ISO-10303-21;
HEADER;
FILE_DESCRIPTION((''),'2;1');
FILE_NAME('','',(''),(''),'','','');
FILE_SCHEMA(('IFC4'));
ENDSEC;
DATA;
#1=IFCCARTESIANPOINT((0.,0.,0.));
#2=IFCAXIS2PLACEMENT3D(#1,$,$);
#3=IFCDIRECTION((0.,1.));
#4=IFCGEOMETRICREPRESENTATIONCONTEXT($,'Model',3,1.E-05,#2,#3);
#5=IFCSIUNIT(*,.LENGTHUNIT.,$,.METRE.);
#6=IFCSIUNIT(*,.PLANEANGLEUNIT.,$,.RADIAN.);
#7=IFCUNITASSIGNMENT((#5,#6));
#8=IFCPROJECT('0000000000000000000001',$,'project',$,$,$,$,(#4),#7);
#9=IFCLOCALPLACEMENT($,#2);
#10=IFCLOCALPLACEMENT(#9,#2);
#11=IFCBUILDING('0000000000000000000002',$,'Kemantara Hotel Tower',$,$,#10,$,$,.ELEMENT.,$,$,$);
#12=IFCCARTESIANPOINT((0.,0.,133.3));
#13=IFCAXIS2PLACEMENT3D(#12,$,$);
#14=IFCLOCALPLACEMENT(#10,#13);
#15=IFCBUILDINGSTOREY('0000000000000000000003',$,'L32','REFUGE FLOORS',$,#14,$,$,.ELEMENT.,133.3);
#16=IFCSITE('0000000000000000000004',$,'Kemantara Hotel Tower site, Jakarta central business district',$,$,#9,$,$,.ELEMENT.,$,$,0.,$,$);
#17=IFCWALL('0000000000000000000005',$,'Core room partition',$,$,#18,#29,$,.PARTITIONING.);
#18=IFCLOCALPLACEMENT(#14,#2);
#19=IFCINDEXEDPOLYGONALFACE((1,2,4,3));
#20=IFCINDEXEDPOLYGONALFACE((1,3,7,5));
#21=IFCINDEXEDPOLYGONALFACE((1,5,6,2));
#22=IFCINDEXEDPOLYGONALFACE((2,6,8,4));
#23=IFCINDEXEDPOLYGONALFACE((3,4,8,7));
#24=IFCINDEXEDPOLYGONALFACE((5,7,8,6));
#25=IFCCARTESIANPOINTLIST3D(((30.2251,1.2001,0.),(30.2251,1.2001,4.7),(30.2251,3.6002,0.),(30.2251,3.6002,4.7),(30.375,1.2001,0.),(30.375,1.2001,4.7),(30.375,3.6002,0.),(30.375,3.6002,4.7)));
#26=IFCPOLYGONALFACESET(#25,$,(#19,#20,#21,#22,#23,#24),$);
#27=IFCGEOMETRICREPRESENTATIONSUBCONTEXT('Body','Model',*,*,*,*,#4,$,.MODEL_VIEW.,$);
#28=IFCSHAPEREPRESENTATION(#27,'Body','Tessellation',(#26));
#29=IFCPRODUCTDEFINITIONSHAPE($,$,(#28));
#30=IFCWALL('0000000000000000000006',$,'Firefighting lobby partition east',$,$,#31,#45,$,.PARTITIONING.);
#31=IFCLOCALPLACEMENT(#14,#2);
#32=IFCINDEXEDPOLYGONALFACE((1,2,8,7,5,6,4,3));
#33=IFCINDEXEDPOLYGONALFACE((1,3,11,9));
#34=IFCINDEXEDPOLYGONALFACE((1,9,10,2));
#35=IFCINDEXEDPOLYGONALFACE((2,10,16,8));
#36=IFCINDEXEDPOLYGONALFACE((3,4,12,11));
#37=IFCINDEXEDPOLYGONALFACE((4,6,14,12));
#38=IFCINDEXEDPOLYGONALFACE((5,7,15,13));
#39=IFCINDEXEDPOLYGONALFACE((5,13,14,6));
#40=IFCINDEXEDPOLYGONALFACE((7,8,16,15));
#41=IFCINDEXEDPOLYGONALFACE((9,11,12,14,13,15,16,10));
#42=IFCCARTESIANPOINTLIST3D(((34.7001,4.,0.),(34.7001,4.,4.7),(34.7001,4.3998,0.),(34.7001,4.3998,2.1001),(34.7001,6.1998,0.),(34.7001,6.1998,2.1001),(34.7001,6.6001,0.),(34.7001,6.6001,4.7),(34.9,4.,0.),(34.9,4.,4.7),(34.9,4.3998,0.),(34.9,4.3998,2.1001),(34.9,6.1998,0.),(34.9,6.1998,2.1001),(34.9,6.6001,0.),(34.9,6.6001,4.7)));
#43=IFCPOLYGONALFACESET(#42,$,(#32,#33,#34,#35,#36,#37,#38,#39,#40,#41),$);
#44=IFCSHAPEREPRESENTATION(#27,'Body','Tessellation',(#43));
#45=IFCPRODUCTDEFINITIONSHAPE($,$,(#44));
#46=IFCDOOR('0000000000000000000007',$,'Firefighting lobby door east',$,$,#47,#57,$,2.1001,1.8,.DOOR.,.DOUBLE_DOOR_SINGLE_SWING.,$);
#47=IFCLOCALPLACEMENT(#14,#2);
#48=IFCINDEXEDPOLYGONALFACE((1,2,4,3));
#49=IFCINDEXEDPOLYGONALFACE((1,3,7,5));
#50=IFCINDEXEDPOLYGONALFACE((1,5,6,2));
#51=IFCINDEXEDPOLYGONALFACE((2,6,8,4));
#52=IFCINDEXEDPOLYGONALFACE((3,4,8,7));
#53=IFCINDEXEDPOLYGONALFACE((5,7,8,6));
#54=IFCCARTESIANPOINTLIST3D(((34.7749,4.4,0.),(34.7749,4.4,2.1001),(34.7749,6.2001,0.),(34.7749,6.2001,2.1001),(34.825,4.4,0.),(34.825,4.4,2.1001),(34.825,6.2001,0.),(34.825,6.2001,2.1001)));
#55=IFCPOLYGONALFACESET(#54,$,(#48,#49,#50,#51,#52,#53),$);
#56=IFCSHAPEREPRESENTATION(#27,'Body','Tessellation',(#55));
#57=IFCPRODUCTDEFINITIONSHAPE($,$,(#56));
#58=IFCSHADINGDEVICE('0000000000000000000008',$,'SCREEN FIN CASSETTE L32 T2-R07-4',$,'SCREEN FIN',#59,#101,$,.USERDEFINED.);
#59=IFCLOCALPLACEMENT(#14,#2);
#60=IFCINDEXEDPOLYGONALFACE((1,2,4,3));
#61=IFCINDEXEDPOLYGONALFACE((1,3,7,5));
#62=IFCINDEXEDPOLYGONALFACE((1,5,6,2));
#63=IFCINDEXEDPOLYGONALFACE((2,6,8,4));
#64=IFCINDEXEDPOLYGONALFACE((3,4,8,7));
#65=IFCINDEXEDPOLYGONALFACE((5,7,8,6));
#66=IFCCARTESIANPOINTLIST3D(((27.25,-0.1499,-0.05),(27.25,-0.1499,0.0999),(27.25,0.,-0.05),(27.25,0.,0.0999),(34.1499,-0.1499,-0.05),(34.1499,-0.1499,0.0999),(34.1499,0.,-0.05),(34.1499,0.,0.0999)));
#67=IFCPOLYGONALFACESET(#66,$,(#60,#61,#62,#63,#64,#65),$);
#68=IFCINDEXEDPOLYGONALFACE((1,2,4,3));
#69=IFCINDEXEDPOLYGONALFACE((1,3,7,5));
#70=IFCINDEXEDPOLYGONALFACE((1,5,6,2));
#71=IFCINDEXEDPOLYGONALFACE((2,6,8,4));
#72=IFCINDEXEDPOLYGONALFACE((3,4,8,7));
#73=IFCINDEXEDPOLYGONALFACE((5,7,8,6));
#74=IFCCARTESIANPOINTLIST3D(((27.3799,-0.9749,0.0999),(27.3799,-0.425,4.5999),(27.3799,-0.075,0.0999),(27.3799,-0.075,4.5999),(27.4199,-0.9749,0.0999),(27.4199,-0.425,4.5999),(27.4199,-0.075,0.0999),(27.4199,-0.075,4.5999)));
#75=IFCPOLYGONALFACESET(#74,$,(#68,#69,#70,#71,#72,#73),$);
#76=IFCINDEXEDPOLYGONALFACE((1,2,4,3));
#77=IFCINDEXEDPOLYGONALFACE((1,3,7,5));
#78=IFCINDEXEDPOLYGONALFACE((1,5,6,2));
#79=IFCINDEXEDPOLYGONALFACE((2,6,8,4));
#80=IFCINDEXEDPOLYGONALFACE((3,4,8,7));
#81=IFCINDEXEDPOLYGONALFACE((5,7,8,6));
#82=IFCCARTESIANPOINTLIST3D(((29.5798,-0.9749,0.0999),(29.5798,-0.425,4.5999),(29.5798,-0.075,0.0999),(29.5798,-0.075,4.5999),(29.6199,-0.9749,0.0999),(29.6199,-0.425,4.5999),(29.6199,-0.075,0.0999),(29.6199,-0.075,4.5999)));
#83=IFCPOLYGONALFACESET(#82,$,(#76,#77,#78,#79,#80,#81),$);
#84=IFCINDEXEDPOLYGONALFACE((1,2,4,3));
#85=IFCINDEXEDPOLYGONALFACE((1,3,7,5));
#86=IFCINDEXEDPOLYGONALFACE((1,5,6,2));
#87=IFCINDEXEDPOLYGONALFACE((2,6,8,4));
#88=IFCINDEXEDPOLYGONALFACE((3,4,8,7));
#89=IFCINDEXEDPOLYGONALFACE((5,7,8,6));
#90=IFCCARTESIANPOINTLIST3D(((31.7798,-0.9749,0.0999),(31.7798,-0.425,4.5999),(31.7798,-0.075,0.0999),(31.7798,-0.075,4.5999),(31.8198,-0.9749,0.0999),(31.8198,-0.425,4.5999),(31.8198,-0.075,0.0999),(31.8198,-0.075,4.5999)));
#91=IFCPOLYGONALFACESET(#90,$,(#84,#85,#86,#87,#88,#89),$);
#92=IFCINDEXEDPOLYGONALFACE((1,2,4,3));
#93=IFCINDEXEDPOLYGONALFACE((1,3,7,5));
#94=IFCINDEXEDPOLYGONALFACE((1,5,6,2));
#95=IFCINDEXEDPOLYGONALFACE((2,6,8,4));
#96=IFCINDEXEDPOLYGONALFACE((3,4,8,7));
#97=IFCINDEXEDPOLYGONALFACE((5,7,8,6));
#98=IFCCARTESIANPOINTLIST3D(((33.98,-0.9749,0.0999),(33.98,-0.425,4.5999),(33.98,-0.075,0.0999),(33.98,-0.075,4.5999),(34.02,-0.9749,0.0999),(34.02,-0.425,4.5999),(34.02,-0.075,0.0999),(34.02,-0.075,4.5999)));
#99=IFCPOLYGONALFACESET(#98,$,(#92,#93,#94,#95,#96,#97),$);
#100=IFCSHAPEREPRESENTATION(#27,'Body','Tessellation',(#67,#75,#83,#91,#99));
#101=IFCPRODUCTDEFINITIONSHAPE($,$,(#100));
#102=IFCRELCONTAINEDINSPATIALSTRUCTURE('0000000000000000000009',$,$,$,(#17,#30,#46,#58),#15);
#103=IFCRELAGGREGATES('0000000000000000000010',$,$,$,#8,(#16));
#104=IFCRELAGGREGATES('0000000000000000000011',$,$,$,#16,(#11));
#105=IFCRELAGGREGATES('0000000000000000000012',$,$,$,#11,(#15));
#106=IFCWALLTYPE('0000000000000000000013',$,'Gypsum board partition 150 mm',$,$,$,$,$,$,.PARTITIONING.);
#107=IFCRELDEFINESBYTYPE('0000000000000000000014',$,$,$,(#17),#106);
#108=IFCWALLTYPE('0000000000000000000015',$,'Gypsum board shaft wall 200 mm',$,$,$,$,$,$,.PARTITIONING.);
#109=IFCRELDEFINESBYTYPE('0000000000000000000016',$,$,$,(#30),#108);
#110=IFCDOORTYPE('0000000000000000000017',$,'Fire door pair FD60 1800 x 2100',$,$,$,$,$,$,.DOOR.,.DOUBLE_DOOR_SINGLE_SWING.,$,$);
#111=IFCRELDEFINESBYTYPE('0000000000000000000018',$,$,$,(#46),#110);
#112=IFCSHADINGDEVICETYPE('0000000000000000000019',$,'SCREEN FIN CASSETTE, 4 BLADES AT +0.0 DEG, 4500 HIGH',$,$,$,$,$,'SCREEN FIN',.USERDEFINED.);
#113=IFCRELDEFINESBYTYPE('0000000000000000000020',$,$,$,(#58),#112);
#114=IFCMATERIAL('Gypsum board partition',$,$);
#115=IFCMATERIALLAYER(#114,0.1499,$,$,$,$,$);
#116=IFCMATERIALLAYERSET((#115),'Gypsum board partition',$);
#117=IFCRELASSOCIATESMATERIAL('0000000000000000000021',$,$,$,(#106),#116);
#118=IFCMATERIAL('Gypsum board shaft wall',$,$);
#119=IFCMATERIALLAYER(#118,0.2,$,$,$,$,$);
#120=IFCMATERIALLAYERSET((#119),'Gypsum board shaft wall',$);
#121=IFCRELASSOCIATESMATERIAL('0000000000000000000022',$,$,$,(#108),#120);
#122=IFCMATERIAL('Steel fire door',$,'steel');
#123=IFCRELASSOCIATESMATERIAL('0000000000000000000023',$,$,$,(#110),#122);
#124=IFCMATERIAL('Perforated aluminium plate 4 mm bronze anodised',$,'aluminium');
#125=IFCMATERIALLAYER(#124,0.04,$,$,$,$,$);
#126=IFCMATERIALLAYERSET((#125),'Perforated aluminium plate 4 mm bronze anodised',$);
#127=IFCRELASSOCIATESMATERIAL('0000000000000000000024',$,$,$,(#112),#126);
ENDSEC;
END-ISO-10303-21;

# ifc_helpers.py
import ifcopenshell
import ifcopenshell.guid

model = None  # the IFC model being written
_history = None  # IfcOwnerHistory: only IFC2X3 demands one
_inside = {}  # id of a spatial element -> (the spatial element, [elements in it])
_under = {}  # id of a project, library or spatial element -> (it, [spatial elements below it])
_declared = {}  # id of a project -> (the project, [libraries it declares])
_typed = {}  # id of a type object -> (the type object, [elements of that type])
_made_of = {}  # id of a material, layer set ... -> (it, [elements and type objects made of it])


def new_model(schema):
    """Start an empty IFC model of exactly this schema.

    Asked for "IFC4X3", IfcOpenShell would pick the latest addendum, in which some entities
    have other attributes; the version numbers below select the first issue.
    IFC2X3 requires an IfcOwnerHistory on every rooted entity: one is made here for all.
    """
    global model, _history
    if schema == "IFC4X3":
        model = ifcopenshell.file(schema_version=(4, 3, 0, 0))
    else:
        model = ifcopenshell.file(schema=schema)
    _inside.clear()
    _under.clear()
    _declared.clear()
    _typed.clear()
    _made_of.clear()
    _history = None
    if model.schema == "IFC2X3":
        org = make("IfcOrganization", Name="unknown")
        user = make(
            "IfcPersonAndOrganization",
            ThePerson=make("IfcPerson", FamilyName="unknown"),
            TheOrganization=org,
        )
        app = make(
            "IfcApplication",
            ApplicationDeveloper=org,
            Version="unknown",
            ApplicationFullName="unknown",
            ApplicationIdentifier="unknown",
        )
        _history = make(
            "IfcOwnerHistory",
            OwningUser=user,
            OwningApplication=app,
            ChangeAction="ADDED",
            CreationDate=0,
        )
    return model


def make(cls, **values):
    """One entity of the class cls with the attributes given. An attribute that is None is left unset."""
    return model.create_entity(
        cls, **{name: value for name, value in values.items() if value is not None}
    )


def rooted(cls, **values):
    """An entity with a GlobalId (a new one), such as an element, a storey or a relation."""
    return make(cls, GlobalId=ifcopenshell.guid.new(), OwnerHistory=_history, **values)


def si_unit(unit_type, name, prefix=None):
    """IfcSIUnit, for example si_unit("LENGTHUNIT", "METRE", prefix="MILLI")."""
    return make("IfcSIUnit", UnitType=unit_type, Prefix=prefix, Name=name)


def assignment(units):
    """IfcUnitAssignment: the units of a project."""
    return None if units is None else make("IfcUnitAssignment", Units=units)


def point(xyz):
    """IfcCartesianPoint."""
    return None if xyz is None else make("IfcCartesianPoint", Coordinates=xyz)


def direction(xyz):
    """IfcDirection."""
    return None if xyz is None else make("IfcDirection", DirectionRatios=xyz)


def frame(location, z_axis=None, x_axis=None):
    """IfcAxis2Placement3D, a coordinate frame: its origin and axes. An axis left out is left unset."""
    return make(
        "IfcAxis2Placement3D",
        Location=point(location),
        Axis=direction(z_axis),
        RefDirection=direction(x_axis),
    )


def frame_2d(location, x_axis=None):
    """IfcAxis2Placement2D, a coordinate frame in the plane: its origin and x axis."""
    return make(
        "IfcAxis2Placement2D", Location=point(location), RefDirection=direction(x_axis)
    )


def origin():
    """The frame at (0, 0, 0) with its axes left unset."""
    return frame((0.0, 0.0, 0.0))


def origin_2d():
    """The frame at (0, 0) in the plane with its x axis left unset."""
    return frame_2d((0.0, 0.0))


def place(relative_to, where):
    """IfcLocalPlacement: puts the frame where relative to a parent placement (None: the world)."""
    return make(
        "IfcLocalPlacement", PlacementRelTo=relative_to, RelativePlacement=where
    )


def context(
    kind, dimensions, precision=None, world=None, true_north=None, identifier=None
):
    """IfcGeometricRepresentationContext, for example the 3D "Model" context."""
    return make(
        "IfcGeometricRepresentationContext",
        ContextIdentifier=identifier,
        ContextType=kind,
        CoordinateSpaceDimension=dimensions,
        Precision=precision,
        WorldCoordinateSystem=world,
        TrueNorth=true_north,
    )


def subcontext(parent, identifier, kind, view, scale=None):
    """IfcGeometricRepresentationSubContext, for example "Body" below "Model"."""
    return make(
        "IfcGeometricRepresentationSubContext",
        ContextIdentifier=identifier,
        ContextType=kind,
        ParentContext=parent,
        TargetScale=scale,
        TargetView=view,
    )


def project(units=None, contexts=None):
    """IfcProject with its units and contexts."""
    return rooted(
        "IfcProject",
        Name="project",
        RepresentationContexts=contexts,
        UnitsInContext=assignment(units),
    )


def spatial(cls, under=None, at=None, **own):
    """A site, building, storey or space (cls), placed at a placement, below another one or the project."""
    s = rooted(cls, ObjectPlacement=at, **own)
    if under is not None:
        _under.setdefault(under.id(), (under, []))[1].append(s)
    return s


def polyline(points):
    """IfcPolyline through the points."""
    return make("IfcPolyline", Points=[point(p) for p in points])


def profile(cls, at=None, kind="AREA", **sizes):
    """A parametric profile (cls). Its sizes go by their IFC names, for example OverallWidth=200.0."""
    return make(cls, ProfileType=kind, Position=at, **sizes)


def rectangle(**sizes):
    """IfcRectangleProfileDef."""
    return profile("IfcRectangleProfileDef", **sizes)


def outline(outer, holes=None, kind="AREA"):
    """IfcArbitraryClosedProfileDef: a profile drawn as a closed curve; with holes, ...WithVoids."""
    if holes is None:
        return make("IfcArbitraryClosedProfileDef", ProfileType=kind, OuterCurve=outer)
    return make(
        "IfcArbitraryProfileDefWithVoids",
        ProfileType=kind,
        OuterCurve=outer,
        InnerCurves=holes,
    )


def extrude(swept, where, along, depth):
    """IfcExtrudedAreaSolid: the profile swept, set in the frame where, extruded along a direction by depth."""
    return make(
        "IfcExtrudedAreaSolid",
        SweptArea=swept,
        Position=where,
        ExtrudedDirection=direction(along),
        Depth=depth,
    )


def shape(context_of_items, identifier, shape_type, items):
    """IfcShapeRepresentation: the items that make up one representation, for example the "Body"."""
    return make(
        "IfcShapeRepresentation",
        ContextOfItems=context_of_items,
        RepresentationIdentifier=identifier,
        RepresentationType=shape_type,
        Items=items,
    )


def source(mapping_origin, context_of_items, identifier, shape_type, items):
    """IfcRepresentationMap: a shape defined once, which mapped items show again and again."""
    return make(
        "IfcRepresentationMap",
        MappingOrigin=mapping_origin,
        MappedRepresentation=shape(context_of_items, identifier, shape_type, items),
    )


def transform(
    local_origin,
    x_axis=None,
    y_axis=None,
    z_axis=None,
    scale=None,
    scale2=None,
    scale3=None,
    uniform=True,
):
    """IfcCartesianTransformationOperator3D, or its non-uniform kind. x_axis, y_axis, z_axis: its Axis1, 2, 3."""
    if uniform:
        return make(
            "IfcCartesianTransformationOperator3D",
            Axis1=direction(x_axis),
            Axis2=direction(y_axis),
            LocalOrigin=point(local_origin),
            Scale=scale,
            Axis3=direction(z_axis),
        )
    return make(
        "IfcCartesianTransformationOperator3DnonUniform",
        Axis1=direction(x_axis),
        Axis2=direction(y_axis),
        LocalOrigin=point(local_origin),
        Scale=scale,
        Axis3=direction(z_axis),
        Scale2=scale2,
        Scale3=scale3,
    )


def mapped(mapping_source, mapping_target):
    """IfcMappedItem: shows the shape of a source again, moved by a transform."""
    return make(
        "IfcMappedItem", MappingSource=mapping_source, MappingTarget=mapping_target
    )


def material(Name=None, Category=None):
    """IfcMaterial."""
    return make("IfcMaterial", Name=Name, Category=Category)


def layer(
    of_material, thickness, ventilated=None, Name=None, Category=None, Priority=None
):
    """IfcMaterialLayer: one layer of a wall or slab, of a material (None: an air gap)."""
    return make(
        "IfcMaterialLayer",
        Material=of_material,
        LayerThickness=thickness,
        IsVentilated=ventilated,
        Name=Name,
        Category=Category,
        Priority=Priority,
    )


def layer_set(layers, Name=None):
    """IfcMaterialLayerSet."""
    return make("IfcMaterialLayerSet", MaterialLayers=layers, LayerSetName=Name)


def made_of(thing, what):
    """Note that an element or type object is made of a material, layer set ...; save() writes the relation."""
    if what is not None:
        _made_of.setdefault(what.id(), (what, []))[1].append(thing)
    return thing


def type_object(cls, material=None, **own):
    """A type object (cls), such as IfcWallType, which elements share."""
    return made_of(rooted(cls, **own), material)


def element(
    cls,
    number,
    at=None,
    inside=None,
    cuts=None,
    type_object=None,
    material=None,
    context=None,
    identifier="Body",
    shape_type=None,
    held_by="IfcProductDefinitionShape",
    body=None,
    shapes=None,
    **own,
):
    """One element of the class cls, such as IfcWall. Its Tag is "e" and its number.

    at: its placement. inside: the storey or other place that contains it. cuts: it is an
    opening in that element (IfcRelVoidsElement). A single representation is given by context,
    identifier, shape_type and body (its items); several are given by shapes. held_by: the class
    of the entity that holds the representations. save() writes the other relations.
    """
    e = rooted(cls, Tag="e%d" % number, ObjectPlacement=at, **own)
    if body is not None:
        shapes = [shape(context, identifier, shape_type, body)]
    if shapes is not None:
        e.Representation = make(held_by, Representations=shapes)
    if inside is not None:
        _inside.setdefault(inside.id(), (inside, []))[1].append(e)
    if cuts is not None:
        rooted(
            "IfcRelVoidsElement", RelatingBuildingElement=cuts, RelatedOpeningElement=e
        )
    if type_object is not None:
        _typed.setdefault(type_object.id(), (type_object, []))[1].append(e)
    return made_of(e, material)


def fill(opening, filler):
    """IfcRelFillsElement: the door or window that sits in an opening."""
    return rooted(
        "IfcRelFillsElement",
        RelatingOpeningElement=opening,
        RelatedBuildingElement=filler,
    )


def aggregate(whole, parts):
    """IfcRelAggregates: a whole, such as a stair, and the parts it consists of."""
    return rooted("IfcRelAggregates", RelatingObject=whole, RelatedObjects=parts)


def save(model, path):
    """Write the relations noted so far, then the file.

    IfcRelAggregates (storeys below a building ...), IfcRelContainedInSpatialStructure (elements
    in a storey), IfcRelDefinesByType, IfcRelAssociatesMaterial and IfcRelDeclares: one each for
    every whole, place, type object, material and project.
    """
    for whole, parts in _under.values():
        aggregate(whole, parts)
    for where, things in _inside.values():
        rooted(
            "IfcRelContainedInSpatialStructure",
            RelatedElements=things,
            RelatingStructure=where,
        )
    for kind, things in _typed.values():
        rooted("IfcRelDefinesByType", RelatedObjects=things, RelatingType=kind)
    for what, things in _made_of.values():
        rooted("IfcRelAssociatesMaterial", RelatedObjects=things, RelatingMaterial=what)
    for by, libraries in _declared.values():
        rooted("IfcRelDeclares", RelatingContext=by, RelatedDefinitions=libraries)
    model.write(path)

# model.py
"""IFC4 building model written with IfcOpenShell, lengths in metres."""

from ifc_helpers import new_model, si_unit, direction, frame, frame_2d, origin, origin_2d, place, context, subcontext, project, spatial, polyline, rectangle, outline, extrude, source, transform, mapped, material, layer, layer_set, type_object, element, fill, save


model = new_model("IFC4")

# Units and contexts
model_context = context("Model", 3, precision=1e-05, world=origin(), true_north=direction((0.0, 1.0)))
body_context = subcontext(model_context, "Body", "Model", "MODEL_VIEW")
ifc_project = project(units=[si_unit("LENGTHUNIT", "METRE"), si_unit("PLANEANGLEUNIT", "RADIAN")], contexts=[model_context])

# Site, building, storey
site_placement = place(None, origin())
site = spatial("IfcSite", under=ifc_project, at=site_placement, Name="Kemantara Hotel Tower site, Jakarta central business district", CompositionType="ELEMENT", RefElevation=0.0)
building_placement = place(site_placement, origin())
building = spatial("IfcBuilding", under=site, at=building_placement, Name="Kemantara Hotel Tower", CompositionType="ELEMENT")
storey_placement = place(building_placement, frame((0.0, 0.0, 133.3)))
storey = spatial("IfcBuildingStorey", under=building, at=storey_placement, Name="L32", Description="REFUGE FLOORS", CompositionType="ELEMENT", Elevation=133.3)

# Shared definitions
ifc_material_1 = material(Name="Steel fire door", Category="steel")

# Wall
ifc_material_2 = material(Name="Gypsum board partition")
ifc_layer_1 = layer(ifc_material_2, 0.1499)
ifc_layer_set_1 = layer_set([ifc_layer_1], Name="Gypsum board partition")
wall_type_1 = type_object("IfcWallType", Name="Gypsum board partition 150 mm", PredefinedType="PARTITIONING", material=ifc_layer_set_1)
for number, where, z_axis, x_axis, name in (
    (1, (30.3, 1.2, 0.0), (0.0, 0.0, 1.0), (0.0, 1.0, 0.0), "Core room partition"),
):
    element("IfcWall", number, at=place(storey_placement, frame(where, z_axis=z_axis, x_axis=x_axis)), inside=storey, type_object=wall_type_1, Name=name, PredefinedType="PARTITIONING", context=body_context, shape_type="SweptSolid", body=[
        extrude(rectangle(XDim=2.4001, YDim=0.1499, at=frame_2d((1.2002, 0.0))), origin(), (0.0, 0.0, 1.0), 4.7),
    ])

# Wall, opening, door
ifc_material_3 = material(Name="Gypsum board shaft wall")
ifc_layer_2 = layer(ifc_material_3, 0.2)
ifc_layer_set_2 = layer_set([ifc_layer_2], Name="Gypsum board shaft wall")
wall_type_2 = type_object("IfcWallType", Name="Gypsum board shaft wall 200 mm", PredefinedType="PARTITIONING", material=ifc_layer_set_2)
wall_1_placement = place(storey_placement, frame((34.8, 4.0, 0.0), z_axis=(0.0, 0.0, 1.0), x_axis=(0.0, 1.0, 0.0)))
wall_1 = element("IfcWall", 2, at=wall_1_placement, inside=storey, type_object=wall_type_2, Name="Firefighting lobby partition east", PredefinedType="PARTITIONING", context=body_context, shape_type="SweptSolid", body=[
    extrude(rectangle(XDim=2.6001, YDim=0.2, at=frame_2d((1.3, 0.0))), origin(), (0.0, 0.0, 1.0), 4.7),
])
opening_1_placement = place(wall_1_placement, frame((0.3999, 0.0, 0.0)))
opening_1 = element("IfcOpeningElement", 3, at=opening_1_placement, cuts=wall_1, PredefinedType="OPENING", context=body_context, shape_type="SweptSolid", body=[
    extrude(rectangle(XDim=1.8, YDim=2.1001, at=frame_2d((0.8999, 1.05))), frame((0.0, 0.1099, 0.0), z_axis=(0.0, -1.0, 0.0), x_axis=(1.0, 0.0, 0.0)), (0.0, 0.0, 1.0), 0.22),
])
door_type_1 = type_object("IfcDoorType", Name="Fire door pair FD60 1800 x 2100", OperationType="DOUBLE_DOOR_SINGLE_SWING", PredefinedType="DOOR", material=ifc_material_1)
door_1_placement = place(opening_1_placement, frame((1.8, 0.0, 0.0), z_axis=(0.0, 0.0, 1.0), x_axis=(-1.0, 0.0, 0.0)))
door_1 = element("IfcDoor", 4, at=door_1_placement, inside=storey, type_object=door_type_1, Name="Firefighting lobby door east", OperationType="DOUBLE_DOOR_SINGLE_SWING", OverallHeight=2.1001, OverallWidth=1.8, PredefinedType="DOOR", context=body_context, shape_type="SweptSolid", body=[
    extrude(rectangle(XDim=1.8, YDim=2.1001, at=frame_2d((0.8999, 1.05))), frame((0.0, 0.0249, 0.0), z_axis=(0.0, -1.0, 0.0), x_axis=(1.0, 0.0, 0.0)), (0.0, 0.0, 1.0), 0.05),
])
fill(opening_1, door_1)

# Shading device
ifc_material_4 = material(Name="Perforated aluminium plate 4 mm bronze anodised", Category="aluminium")
ifc_layer_3 = layer(ifc_material_4, 0.04)
ifc_layer_set_3 = layer_set([ifc_layer_3], Name="Perforated aluminium plate 4 mm bronze anodised")
shading_device_type = type_object("IfcShadingDeviceType", Name="SCREEN FIN CASSETTE, 4 BLADES AT +0.0 DEG, 4500 HIGH", ElementType="SCREEN FIN", PredefinedType="USERDEFINED", material=ifc_layer_set_3)
shared_shape_1 = source(origin(), body_context, "Body", "SweptSolid", [
    extrude(rectangle(XDim=6.8999, YDim=0.1499, at=origin_2d()), frame((3.3, -0.075, -0.1499), z_axis=(0.0, 0.0, 1.0), x_axis=(1.0, 0.0, 0.0)), (0.0, 0.0, 1.0), 0.1499),
    extrude(outline(polyline([(0.0, 0.0), (0.8999, 0.0), (0.3501, 4.5), (0.0, 4.5), (0.0, 0.0)])), frame((0.02, -0.075, 0.0), z_axis=(-1.0, 0.0, 0.0), x_axis=(0.0, -1.0, 0.0)), (0.0, 0.0, 1.0), 0.04),
    extrude(outline(polyline([(0.0, 0.0), (0.8999, 0.0), (0.3501, 4.5), (0.0, 4.5), (0.0, 0.0)])), frame((2.22, -0.075, 0.0), z_axis=(-1.0, 0.0, 0.0), x_axis=(0.0, -1.0, 0.0)), (0.0, 0.0, 1.0), 0.04),
    extrude(outline(polyline([(0.0, 0.0), (0.8999, 0.0), (0.3501, 4.5), (0.0, 4.5), (0.0, 0.0)])), frame((4.4199, -0.075, 0.0), z_axis=(-1.0, 0.0, 0.0), x_axis=(0.0, -1.0, 0.0)), (0.0, 0.0, 1.0), 0.04),
    extrude(outline(polyline([(0.0, 0.0), (0.8999, 0.0), (0.3501, 4.5), (0.0, 4.5), (0.0, 0.0)])), frame((6.6201, -0.075, 0.0), z_axis=(-1.0, 0.0, 0.0), x_axis=(0.0, -1.0, 0.0)), (0.0, 0.0, 1.0), 0.04),
])
shading_device_placement = place(storey_placement, frame((27.3999, 0.0, 0.0999), z_axis=(0.0, 0.0, 1.0), x_axis=(1.0, 0.0, 0.0)))
element("IfcShadingDevice", 5, at=shading_device_placement, inside=storey, type_object=shading_device_type, Name="SCREEN FIN CASSETTE L32 T2-R07-4", ObjectType="SCREEN FIN", PredefinedType="USERDEFINED", context=body_context, shape_type="MappedRepresentation", body=[
    mapped(shared_shape_1, transform((0.0, 0.0, 0.0))),
])

save(model, "model.ifc")
